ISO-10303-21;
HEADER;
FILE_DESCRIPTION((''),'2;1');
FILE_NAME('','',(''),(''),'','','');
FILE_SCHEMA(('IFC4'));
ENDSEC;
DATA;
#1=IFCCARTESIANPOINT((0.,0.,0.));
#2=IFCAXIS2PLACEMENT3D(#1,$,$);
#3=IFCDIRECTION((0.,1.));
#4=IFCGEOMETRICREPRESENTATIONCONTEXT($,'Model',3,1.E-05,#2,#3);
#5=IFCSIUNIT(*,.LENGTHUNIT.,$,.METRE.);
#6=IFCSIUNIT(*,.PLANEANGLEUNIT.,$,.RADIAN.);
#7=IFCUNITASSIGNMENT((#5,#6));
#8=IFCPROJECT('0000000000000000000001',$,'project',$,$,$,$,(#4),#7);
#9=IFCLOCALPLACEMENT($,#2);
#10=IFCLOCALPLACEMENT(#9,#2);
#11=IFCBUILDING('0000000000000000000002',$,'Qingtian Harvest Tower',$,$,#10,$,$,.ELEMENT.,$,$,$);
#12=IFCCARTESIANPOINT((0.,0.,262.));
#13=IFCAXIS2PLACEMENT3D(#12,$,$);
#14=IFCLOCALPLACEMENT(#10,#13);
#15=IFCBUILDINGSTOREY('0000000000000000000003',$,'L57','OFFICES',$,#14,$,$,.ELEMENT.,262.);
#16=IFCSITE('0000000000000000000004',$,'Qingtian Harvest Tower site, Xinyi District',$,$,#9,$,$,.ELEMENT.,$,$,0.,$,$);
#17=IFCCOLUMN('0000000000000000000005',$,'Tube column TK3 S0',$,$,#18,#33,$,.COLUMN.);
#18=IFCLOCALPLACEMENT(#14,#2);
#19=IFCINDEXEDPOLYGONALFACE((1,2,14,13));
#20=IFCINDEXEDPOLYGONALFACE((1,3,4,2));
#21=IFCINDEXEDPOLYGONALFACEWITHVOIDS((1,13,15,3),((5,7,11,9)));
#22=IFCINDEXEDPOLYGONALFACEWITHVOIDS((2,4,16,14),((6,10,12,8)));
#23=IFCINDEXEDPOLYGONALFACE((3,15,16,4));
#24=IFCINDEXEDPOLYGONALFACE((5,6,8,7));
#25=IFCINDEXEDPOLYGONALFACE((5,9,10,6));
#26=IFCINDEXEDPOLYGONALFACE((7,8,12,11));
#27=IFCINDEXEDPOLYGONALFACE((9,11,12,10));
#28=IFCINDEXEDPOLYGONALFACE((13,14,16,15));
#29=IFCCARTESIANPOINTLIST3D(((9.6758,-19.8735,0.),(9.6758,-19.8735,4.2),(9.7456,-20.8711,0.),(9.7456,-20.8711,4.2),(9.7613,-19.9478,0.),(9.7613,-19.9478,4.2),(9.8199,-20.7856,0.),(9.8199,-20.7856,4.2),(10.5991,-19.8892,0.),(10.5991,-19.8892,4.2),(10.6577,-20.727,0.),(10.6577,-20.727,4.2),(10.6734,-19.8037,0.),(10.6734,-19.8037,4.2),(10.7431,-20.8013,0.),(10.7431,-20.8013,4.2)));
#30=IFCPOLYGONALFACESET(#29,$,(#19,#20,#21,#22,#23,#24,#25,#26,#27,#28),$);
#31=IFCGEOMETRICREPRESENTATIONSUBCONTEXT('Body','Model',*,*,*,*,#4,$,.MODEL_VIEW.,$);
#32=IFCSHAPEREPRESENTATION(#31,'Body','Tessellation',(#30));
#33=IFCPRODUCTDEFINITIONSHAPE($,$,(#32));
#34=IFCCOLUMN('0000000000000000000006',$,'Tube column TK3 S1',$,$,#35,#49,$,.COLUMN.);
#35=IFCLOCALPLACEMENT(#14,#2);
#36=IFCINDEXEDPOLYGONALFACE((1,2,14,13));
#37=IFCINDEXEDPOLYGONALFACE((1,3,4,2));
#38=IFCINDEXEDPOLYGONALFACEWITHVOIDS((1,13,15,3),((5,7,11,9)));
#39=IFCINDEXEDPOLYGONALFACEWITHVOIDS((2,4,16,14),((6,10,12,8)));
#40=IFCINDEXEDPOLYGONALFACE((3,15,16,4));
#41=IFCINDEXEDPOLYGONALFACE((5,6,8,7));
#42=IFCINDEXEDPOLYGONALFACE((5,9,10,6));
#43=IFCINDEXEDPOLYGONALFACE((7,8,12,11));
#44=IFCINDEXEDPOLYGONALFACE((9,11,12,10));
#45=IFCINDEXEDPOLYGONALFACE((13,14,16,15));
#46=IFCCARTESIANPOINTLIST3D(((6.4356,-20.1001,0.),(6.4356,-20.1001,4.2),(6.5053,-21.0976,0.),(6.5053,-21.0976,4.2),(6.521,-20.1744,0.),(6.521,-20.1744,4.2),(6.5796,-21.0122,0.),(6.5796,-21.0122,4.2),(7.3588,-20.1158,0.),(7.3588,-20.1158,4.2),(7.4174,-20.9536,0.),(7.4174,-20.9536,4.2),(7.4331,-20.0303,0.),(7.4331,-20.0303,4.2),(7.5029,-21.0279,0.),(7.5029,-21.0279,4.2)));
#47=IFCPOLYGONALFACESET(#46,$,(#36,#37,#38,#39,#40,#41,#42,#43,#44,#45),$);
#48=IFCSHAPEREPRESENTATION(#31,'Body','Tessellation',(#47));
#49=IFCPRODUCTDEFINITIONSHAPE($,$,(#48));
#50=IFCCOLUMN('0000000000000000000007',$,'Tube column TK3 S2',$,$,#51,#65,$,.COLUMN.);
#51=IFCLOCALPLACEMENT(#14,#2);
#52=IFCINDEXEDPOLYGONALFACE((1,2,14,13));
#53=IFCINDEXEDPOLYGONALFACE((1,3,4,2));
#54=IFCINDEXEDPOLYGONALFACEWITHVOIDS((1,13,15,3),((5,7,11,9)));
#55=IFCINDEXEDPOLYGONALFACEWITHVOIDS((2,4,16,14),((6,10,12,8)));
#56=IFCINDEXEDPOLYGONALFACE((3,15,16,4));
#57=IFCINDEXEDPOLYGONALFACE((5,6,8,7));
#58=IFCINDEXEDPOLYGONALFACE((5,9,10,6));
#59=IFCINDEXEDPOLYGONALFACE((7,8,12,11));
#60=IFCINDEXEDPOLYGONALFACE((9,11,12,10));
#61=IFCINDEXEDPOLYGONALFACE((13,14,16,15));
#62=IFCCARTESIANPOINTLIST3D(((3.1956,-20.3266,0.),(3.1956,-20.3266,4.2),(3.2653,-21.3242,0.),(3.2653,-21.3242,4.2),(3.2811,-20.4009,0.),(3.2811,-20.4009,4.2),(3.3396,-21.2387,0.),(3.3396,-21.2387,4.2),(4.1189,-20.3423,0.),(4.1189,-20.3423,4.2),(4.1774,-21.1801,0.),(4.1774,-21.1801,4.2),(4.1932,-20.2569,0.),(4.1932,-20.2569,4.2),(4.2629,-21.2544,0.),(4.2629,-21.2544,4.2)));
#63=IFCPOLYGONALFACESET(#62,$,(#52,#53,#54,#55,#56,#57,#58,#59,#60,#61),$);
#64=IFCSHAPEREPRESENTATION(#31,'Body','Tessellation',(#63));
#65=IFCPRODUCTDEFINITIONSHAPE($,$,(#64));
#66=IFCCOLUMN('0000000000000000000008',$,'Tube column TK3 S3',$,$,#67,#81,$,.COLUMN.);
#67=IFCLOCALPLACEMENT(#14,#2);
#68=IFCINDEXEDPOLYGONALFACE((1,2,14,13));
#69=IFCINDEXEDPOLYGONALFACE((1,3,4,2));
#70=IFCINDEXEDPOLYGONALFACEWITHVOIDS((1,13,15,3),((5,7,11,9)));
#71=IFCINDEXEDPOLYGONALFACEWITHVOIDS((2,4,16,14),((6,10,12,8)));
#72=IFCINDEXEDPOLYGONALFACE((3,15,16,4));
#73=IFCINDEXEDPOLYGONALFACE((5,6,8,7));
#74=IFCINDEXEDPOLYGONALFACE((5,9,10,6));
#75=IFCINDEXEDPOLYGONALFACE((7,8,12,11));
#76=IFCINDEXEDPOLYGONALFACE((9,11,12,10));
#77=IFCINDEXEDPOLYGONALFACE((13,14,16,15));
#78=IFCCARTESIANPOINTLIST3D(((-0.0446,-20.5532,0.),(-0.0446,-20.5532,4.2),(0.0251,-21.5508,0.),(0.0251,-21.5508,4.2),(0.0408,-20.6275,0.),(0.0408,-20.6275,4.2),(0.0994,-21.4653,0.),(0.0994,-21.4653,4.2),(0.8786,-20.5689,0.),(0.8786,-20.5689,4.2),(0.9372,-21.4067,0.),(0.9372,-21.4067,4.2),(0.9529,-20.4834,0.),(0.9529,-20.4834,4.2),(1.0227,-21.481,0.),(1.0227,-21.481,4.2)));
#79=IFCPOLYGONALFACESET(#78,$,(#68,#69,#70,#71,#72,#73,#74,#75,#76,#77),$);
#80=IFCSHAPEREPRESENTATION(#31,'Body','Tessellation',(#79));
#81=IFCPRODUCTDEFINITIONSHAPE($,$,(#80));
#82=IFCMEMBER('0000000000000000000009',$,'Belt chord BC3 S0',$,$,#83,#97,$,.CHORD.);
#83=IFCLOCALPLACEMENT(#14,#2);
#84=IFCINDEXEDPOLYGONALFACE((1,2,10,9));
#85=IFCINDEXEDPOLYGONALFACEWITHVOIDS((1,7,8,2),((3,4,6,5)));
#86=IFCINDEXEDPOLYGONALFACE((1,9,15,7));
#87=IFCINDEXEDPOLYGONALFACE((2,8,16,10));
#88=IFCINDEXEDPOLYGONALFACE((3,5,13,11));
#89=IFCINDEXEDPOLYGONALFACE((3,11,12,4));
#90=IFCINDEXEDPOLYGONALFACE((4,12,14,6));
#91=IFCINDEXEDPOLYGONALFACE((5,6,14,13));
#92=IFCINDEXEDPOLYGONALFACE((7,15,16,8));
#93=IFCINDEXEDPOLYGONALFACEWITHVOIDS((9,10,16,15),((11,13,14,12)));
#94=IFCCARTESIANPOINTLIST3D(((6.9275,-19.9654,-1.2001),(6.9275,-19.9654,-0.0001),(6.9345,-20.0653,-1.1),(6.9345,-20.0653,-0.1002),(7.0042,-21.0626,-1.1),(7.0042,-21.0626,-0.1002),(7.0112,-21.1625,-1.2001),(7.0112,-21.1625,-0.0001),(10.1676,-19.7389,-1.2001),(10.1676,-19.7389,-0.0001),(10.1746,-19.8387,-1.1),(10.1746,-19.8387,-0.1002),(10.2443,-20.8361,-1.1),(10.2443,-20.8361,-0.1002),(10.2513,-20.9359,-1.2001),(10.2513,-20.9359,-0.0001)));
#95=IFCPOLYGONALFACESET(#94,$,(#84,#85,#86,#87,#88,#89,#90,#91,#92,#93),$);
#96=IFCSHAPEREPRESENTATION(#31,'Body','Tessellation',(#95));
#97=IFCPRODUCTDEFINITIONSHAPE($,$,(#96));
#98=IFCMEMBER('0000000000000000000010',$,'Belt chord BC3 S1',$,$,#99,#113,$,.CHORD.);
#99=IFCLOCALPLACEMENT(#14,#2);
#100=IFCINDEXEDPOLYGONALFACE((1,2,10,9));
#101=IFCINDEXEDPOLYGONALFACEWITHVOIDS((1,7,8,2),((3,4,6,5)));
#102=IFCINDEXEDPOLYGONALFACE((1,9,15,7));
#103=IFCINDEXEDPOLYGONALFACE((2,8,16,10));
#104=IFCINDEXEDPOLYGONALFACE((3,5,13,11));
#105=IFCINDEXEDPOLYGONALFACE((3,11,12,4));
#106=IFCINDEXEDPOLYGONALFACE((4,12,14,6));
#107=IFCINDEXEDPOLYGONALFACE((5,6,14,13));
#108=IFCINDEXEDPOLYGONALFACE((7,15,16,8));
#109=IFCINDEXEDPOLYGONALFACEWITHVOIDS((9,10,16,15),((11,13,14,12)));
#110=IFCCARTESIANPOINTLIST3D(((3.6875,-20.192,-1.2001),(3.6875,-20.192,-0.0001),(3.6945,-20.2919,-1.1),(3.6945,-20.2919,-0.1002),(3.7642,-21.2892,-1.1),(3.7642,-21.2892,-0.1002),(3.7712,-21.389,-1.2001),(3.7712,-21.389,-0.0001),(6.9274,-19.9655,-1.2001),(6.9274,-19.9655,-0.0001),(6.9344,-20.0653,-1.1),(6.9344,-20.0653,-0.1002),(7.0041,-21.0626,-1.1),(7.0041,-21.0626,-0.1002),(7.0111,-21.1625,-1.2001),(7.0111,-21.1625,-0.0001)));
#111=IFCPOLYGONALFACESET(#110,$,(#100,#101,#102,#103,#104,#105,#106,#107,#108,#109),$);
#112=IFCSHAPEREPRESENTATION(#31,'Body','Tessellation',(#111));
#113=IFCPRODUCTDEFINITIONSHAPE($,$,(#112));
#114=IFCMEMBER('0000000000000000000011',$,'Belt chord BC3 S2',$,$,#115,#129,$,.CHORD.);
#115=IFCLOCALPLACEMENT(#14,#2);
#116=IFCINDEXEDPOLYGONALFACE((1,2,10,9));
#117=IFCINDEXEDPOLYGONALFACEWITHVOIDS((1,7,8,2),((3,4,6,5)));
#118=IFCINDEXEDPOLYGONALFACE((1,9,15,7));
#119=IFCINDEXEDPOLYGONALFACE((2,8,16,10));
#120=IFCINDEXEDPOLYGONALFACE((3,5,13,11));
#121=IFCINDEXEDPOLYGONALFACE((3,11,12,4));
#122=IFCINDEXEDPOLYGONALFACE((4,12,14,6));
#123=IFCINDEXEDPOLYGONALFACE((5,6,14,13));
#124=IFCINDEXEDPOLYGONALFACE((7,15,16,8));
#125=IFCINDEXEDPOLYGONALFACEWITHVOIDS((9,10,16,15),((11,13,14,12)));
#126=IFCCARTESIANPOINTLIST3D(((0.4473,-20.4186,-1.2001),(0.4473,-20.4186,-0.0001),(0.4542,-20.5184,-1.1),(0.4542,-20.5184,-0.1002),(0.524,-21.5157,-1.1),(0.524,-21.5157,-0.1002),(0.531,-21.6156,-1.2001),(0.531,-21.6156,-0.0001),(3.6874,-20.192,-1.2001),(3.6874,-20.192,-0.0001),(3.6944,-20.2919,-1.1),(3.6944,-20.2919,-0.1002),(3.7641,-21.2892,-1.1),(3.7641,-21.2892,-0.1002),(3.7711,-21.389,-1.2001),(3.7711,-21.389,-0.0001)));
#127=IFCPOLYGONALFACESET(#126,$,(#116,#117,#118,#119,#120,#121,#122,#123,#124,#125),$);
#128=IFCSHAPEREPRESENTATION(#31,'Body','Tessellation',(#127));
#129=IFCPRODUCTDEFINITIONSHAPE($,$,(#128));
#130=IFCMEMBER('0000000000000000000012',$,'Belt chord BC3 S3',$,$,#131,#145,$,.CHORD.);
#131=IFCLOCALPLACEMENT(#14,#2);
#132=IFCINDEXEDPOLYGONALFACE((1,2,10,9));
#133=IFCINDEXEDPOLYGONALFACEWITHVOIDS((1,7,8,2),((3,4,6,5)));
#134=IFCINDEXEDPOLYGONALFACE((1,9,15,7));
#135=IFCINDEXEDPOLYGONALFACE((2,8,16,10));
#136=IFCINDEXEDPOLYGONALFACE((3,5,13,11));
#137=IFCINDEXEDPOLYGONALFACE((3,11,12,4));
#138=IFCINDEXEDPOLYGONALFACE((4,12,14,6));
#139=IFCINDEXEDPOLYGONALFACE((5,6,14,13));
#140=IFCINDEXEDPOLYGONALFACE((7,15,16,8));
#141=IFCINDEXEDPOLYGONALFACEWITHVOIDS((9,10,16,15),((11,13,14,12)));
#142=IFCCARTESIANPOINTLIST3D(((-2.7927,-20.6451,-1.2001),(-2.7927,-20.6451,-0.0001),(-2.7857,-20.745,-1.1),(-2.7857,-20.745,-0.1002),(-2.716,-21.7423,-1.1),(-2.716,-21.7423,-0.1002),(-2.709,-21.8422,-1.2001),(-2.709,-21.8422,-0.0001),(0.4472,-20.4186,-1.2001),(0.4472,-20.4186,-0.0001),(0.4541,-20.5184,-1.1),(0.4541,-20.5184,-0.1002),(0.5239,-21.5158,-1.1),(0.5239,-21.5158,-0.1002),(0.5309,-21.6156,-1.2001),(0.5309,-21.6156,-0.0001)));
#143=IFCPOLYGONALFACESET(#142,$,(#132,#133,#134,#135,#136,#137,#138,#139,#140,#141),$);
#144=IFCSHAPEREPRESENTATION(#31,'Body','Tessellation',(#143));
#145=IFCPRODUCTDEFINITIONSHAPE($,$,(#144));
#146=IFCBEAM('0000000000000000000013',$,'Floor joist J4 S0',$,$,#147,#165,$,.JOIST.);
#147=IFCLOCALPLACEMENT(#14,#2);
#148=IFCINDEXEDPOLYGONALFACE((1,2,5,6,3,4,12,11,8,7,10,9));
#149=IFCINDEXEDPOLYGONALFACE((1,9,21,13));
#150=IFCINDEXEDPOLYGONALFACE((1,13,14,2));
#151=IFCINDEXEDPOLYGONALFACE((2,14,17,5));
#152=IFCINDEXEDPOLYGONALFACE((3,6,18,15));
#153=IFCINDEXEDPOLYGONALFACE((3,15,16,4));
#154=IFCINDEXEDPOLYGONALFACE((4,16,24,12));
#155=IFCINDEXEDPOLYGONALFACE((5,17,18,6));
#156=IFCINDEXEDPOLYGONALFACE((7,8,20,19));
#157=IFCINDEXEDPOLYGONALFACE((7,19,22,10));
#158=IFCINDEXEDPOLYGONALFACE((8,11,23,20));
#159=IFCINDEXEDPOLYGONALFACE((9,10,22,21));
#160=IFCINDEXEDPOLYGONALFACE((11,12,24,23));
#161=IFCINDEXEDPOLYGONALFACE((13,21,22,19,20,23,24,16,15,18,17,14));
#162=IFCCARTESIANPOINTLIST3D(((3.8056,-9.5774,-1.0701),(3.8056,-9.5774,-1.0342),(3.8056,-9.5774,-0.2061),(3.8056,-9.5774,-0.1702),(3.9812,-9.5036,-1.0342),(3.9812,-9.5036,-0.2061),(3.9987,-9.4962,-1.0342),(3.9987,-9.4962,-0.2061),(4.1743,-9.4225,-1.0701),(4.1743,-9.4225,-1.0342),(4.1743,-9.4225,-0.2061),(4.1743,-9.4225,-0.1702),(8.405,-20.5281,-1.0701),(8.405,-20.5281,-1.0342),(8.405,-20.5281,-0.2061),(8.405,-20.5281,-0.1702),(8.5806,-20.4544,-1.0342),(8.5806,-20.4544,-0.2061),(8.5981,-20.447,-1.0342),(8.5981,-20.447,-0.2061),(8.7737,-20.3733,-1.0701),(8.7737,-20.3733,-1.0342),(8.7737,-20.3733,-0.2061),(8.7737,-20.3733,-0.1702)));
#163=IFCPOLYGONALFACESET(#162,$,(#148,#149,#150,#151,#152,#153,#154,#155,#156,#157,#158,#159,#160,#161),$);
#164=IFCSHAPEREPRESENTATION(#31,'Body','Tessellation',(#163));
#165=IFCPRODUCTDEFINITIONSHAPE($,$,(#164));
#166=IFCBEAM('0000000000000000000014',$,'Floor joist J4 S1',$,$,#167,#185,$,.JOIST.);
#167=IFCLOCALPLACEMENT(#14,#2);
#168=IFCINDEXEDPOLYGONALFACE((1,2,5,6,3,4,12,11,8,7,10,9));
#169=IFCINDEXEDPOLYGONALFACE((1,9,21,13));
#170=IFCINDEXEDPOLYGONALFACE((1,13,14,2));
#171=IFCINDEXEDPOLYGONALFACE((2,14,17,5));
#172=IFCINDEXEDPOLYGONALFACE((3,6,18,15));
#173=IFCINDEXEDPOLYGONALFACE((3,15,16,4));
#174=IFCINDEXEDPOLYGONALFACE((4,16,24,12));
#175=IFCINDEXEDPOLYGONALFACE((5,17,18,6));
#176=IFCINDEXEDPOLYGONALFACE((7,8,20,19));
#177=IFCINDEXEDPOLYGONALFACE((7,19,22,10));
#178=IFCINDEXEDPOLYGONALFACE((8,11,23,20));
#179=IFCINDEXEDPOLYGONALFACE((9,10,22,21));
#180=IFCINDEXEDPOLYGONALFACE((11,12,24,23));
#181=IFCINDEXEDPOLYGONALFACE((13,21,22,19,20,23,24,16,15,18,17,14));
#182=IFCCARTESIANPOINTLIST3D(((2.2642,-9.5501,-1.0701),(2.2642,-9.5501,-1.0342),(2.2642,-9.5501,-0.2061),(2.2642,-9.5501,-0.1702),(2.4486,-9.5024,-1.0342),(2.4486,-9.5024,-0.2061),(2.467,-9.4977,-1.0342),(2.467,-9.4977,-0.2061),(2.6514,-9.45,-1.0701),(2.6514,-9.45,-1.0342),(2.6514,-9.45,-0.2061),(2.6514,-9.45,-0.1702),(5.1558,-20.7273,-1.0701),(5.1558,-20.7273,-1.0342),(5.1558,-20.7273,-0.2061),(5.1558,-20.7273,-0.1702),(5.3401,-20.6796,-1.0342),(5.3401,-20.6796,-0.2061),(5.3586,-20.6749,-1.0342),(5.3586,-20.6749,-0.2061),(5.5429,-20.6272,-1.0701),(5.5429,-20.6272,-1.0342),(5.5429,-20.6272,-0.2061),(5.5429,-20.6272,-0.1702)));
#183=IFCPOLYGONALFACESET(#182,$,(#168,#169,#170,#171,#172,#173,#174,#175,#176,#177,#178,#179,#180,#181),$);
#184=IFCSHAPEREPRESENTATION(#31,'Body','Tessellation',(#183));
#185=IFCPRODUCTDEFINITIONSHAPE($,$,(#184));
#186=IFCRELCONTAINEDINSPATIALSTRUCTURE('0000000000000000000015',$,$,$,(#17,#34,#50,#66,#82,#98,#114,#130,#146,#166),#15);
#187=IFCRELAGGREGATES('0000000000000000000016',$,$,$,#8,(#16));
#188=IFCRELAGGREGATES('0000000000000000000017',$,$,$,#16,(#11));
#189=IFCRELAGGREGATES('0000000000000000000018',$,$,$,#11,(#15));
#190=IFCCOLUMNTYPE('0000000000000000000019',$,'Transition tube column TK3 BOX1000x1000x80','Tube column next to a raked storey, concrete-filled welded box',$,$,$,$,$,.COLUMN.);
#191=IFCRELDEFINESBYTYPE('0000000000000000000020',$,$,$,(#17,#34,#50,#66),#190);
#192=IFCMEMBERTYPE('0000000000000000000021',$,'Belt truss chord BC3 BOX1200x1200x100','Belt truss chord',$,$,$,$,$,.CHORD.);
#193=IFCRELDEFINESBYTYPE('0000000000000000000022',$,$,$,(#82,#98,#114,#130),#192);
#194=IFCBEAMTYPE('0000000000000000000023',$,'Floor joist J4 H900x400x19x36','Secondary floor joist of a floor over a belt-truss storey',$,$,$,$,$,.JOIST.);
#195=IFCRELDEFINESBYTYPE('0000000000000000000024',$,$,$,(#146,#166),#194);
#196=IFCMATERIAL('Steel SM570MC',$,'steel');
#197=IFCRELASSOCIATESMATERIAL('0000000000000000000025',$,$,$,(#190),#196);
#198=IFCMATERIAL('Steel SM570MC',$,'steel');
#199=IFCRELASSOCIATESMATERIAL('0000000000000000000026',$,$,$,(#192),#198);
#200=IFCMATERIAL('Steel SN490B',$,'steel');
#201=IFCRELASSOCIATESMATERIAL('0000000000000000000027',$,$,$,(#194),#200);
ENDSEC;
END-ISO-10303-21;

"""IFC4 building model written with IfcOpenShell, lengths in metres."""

from ifc_helpers import new_model, si_unit, direction, frame, origin, origin_2d, place, context, subcontext, project, spatial, hollow_rectangle, i_section, extrude, material, material_profile, profile_set, type_object, element, save


model = new_model("IFC4")

# Units and contexts
model_context = context("Model", 3, precision=1e-05, world=origin(), true_north=direction((0.0, 1.0)))
body_context = subcontext(model_context, "Body", "Model", "MODEL_VIEW")
ifc_project = project(units=[si_unit("LENGTHUNIT", "METRE"), si_unit("PLANEANGLEUNIT", "RADIAN")], contexts=[model_context])

# Site, building, storey
site_placement = place(None, origin())
site = spatial("IfcSite", under=ifc_project, at=site_placement, Name="Qingtian Harvest Tower site, Xinyi District", CompositionType="ELEMENT", RefElevation=0.0)
building_placement = place(site_placement, origin())
building = spatial("IfcBuilding", under=site, at=building_placement, Name="Qingtian Harvest Tower", CompositionType="ELEMENT")
storey_placement = place(building_placement, frame((0.0, 0.0, 262.0)))
storey = spatial("IfcBuildingStorey", under=building, at=storey_placement, Name="L57", Description="OFFICES", CompositionType="ELEMENT", Elevation=262.0)

# Columns
ifc_material_1 = material(Name="Steel SM570MC", Category="steel")
ifc_material_profile_1 = material_profile(ifc_material_1, hollow_rectangle(XDim=1.0, YDim=1.0, WallThickness=0.0801, at=origin_2d()), Name="BOX1000x1000x80")
ifc_profile_set_1 = profile_set([ifc_material_profile_1], Name="Steel SM570MC")
column_type = type_object("IfcColumnType", Name="Transition tube column TK3 BOX1000x1000x80", Description="Tube column next to a raked storey, concrete-filled welded box", PredefinedType="COLUMN", material=ifc_profile_set_1)
for number, where, z_axis, x_axis, name in (
    (1, (10.2095, -20.3374, 0.0), (0.0, 0.0, 1.0), (0.997564, 0.069756, 0.0), "Tube column TK3 S0"),
    (2, (6.9692, -20.564, 0.0), (0.0, 0.0, 1.0), (0.997564, 0.069756, 0.0), "Tube column TK3 S1"),
    (3, (3.7292, -20.7905, 0.0), (0.0, 0.0, 1.0), (0.997564, 0.069756, 0.0), "Tube column TK3 S2"),
    (4, (0.489, -21.0171, 0.0), (0.0, 0.0, 1.0), (0.997564, 0.069756, 0.0), "Tube column TK3 S3"),
):
    element("IfcColumn", number, at=place(storey_placement, frame(where, z_axis=z_axis, x_axis=x_axis)), inside=storey, type_object=column_type, Name=name, PredefinedType="COLUMN", context=body_context, shape_type="SweptSolid", body=[
        extrude(hollow_rectangle(XDim=1.0, YDim=1.0, WallThickness=0.0801, at=origin_2d()), origin(), (0.0, 0.0, 1.0), 4.2),
    ])

# Members
ifc_material_2 = material(Name="Steel SM570MC", Category="steel")
ifc_material_profile_2 = material_profile(ifc_material_2, hollow_rectangle(XDim=1.2, YDim=1.2, WallThickness=0.1001, at=origin_2d()), Name="BOX1200x1200x100")
ifc_profile_set_2 = profile_set([ifc_material_profile_2], Name="Steel SM570MC")
member_type_1 = type_object("IfcMemberType", Name="Belt truss chord BC3 BOX1200x1200x100", Description="Belt truss chord", PredefinedType="CHORD", material=ifc_profile_set_2)
member_1_placement = place(storey_placement, frame((10.2095, -20.3374, -0.6001), z_axis=(-0.997564, -0.069751, 0.0), x_axis=(0.069751, -0.997564, 0.0)))
element("IfcMember", 5, at=member_1_placement, inside=storey, type_object=member_type_1, Name="Belt chord BC3 S0", PredefinedType="CHORD", context=body_context, shape_type="SweptSolid", body=[
    extrude(hollow_rectangle(XDim=1.2, YDim=1.2, WallThickness=0.1001, at=origin_2d()), origin(), (0.0, 0.0, 1.0), 3.248),
])
member_2_placement = place(storey_placement, frame((6.9692, -20.564, -0.6001), z_axis=(-0.997564, -0.069757, 0.0), x_axis=(0.069757, -0.997564, 0.0)))
element("IfcMember", 6, at=member_2_placement, inside=storey, type_object=member_type_1, Name="Belt chord BC3 S1", PredefinedType="CHORD", context=body_context, shape_type="SweptSolid", body=[
    extrude(hollow_rectangle(XDim=1.2, YDim=1.2, WallThickness=0.1001, at=origin_2d()), origin(), (0.0, 0.0, 1.0), 3.2478),
])
member_3_placement = place(storey_placement, frame((3.7292, -20.7905, -0.6001), z_axis=(-0.997564, -0.069751, 0.0), x_axis=(0.069751, -0.997564, 0.0)))
element("IfcMember", 7, at=member_3_placement, inside=storey, type_object=member_type_1, Name="Belt chord BC3 S2", PredefinedType="CHORD", context=body_context, shape_type="SweptSolid", body=[
    extrude(hollow_rectangle(XDim=1.2, YDim=1.2, WallThickness=0.1001, at=origin_2d()), origin(), (0.0, 0.0, 1.0), 3.248),
])
member_4_placement = place(storey_placement, frame((0.489, -21.0171, -0.6001), z_axis=(-0.997564, -0.069757, 0.0), x_axis=(0.069757, -0.997564, 0.0)))
element("IfcMember", 8, at=member_4_placement, inside=storey, type_object=member_type_1, Name="Belt chord BC3 S3", PredefinedType="CHORD", context=body_context, shape_type="SweptSolid", body=[
    extrude(hollow_rectangle(XDim=1.2, YDim=1.2, WallThickness=0.1001, at=origin_2d()), origin(), (0.0, 0.0, 1.0), 3.2478),
])

# Beams
ifc_material_3 = material(Name="Steel SN490B", Category="steel")
ifc_material_profile_3 = material_profile(ifc_material_3, i_section(OverallWidth=0.3999, OverallDepth=0.8999, WebThickness=0.019, FlangeThickness=0.0359, at=origin_2d()), Name="H900x400x19x36")
ifc_profile_set_3 = profile_set([ifc_material_profile_3], Name="Steel SN490B")
beam_type_1 = type_object("IfcBeamType", Name="Floor joist J4 H900x400x19x36", Description="Secondary floor joist of a floor over a belt-truss storey", PredefinedType="JOIST", material=ifc_profile_set_3)
beam_1_placement = place(storey_placement, frame((8.5894, -20.4507, -0.6201), z_axis=(-0.387238, 0.92198, 0.0), x_axis=(-0.92198, -0.387238, 0.0)))
element("IfcBeam", 9, at=beam_1_placement, inside=storey, type_object=beam_type_1, Name="Floor joist J4 S0", PredefinedType="JOIST", context=body_context, shape_type="SweptSolid", body=[
    extrude(i_section(OverallWidth=0.3999, OverallDepth=0.8999, WebThickness=0.019, FlangeThickness=0.0359, at=origin_2d()), origin(), (0.0, 0.0, 1.0), 11.8774),
])
beam_2_placement = place(storey_placement, frame((5.3494, -20.6772, -0.6201), z_axis=(-0.250459, 0.968127, 0.0), x_axis=(-0.968127, -0.250459, 0.0)))
element("IfcBeam", 10, at=beam_2_placement, inside=storey, type_object=beam_type_1, Name="Floor joist J4 S1", PredefinedType="JOIST", context=body_context, shape_type="SweptSolid", body=[
    extrude(i_section(OverallWidth=0.3999, OverallDepth=0.8999, WebThickness=0.019, FlangeThickness=0.0359, at=origin_2d()), origin(), (0.0, 0.0, 1.0), 11.5452),
])

save(model, "model.ifc")
